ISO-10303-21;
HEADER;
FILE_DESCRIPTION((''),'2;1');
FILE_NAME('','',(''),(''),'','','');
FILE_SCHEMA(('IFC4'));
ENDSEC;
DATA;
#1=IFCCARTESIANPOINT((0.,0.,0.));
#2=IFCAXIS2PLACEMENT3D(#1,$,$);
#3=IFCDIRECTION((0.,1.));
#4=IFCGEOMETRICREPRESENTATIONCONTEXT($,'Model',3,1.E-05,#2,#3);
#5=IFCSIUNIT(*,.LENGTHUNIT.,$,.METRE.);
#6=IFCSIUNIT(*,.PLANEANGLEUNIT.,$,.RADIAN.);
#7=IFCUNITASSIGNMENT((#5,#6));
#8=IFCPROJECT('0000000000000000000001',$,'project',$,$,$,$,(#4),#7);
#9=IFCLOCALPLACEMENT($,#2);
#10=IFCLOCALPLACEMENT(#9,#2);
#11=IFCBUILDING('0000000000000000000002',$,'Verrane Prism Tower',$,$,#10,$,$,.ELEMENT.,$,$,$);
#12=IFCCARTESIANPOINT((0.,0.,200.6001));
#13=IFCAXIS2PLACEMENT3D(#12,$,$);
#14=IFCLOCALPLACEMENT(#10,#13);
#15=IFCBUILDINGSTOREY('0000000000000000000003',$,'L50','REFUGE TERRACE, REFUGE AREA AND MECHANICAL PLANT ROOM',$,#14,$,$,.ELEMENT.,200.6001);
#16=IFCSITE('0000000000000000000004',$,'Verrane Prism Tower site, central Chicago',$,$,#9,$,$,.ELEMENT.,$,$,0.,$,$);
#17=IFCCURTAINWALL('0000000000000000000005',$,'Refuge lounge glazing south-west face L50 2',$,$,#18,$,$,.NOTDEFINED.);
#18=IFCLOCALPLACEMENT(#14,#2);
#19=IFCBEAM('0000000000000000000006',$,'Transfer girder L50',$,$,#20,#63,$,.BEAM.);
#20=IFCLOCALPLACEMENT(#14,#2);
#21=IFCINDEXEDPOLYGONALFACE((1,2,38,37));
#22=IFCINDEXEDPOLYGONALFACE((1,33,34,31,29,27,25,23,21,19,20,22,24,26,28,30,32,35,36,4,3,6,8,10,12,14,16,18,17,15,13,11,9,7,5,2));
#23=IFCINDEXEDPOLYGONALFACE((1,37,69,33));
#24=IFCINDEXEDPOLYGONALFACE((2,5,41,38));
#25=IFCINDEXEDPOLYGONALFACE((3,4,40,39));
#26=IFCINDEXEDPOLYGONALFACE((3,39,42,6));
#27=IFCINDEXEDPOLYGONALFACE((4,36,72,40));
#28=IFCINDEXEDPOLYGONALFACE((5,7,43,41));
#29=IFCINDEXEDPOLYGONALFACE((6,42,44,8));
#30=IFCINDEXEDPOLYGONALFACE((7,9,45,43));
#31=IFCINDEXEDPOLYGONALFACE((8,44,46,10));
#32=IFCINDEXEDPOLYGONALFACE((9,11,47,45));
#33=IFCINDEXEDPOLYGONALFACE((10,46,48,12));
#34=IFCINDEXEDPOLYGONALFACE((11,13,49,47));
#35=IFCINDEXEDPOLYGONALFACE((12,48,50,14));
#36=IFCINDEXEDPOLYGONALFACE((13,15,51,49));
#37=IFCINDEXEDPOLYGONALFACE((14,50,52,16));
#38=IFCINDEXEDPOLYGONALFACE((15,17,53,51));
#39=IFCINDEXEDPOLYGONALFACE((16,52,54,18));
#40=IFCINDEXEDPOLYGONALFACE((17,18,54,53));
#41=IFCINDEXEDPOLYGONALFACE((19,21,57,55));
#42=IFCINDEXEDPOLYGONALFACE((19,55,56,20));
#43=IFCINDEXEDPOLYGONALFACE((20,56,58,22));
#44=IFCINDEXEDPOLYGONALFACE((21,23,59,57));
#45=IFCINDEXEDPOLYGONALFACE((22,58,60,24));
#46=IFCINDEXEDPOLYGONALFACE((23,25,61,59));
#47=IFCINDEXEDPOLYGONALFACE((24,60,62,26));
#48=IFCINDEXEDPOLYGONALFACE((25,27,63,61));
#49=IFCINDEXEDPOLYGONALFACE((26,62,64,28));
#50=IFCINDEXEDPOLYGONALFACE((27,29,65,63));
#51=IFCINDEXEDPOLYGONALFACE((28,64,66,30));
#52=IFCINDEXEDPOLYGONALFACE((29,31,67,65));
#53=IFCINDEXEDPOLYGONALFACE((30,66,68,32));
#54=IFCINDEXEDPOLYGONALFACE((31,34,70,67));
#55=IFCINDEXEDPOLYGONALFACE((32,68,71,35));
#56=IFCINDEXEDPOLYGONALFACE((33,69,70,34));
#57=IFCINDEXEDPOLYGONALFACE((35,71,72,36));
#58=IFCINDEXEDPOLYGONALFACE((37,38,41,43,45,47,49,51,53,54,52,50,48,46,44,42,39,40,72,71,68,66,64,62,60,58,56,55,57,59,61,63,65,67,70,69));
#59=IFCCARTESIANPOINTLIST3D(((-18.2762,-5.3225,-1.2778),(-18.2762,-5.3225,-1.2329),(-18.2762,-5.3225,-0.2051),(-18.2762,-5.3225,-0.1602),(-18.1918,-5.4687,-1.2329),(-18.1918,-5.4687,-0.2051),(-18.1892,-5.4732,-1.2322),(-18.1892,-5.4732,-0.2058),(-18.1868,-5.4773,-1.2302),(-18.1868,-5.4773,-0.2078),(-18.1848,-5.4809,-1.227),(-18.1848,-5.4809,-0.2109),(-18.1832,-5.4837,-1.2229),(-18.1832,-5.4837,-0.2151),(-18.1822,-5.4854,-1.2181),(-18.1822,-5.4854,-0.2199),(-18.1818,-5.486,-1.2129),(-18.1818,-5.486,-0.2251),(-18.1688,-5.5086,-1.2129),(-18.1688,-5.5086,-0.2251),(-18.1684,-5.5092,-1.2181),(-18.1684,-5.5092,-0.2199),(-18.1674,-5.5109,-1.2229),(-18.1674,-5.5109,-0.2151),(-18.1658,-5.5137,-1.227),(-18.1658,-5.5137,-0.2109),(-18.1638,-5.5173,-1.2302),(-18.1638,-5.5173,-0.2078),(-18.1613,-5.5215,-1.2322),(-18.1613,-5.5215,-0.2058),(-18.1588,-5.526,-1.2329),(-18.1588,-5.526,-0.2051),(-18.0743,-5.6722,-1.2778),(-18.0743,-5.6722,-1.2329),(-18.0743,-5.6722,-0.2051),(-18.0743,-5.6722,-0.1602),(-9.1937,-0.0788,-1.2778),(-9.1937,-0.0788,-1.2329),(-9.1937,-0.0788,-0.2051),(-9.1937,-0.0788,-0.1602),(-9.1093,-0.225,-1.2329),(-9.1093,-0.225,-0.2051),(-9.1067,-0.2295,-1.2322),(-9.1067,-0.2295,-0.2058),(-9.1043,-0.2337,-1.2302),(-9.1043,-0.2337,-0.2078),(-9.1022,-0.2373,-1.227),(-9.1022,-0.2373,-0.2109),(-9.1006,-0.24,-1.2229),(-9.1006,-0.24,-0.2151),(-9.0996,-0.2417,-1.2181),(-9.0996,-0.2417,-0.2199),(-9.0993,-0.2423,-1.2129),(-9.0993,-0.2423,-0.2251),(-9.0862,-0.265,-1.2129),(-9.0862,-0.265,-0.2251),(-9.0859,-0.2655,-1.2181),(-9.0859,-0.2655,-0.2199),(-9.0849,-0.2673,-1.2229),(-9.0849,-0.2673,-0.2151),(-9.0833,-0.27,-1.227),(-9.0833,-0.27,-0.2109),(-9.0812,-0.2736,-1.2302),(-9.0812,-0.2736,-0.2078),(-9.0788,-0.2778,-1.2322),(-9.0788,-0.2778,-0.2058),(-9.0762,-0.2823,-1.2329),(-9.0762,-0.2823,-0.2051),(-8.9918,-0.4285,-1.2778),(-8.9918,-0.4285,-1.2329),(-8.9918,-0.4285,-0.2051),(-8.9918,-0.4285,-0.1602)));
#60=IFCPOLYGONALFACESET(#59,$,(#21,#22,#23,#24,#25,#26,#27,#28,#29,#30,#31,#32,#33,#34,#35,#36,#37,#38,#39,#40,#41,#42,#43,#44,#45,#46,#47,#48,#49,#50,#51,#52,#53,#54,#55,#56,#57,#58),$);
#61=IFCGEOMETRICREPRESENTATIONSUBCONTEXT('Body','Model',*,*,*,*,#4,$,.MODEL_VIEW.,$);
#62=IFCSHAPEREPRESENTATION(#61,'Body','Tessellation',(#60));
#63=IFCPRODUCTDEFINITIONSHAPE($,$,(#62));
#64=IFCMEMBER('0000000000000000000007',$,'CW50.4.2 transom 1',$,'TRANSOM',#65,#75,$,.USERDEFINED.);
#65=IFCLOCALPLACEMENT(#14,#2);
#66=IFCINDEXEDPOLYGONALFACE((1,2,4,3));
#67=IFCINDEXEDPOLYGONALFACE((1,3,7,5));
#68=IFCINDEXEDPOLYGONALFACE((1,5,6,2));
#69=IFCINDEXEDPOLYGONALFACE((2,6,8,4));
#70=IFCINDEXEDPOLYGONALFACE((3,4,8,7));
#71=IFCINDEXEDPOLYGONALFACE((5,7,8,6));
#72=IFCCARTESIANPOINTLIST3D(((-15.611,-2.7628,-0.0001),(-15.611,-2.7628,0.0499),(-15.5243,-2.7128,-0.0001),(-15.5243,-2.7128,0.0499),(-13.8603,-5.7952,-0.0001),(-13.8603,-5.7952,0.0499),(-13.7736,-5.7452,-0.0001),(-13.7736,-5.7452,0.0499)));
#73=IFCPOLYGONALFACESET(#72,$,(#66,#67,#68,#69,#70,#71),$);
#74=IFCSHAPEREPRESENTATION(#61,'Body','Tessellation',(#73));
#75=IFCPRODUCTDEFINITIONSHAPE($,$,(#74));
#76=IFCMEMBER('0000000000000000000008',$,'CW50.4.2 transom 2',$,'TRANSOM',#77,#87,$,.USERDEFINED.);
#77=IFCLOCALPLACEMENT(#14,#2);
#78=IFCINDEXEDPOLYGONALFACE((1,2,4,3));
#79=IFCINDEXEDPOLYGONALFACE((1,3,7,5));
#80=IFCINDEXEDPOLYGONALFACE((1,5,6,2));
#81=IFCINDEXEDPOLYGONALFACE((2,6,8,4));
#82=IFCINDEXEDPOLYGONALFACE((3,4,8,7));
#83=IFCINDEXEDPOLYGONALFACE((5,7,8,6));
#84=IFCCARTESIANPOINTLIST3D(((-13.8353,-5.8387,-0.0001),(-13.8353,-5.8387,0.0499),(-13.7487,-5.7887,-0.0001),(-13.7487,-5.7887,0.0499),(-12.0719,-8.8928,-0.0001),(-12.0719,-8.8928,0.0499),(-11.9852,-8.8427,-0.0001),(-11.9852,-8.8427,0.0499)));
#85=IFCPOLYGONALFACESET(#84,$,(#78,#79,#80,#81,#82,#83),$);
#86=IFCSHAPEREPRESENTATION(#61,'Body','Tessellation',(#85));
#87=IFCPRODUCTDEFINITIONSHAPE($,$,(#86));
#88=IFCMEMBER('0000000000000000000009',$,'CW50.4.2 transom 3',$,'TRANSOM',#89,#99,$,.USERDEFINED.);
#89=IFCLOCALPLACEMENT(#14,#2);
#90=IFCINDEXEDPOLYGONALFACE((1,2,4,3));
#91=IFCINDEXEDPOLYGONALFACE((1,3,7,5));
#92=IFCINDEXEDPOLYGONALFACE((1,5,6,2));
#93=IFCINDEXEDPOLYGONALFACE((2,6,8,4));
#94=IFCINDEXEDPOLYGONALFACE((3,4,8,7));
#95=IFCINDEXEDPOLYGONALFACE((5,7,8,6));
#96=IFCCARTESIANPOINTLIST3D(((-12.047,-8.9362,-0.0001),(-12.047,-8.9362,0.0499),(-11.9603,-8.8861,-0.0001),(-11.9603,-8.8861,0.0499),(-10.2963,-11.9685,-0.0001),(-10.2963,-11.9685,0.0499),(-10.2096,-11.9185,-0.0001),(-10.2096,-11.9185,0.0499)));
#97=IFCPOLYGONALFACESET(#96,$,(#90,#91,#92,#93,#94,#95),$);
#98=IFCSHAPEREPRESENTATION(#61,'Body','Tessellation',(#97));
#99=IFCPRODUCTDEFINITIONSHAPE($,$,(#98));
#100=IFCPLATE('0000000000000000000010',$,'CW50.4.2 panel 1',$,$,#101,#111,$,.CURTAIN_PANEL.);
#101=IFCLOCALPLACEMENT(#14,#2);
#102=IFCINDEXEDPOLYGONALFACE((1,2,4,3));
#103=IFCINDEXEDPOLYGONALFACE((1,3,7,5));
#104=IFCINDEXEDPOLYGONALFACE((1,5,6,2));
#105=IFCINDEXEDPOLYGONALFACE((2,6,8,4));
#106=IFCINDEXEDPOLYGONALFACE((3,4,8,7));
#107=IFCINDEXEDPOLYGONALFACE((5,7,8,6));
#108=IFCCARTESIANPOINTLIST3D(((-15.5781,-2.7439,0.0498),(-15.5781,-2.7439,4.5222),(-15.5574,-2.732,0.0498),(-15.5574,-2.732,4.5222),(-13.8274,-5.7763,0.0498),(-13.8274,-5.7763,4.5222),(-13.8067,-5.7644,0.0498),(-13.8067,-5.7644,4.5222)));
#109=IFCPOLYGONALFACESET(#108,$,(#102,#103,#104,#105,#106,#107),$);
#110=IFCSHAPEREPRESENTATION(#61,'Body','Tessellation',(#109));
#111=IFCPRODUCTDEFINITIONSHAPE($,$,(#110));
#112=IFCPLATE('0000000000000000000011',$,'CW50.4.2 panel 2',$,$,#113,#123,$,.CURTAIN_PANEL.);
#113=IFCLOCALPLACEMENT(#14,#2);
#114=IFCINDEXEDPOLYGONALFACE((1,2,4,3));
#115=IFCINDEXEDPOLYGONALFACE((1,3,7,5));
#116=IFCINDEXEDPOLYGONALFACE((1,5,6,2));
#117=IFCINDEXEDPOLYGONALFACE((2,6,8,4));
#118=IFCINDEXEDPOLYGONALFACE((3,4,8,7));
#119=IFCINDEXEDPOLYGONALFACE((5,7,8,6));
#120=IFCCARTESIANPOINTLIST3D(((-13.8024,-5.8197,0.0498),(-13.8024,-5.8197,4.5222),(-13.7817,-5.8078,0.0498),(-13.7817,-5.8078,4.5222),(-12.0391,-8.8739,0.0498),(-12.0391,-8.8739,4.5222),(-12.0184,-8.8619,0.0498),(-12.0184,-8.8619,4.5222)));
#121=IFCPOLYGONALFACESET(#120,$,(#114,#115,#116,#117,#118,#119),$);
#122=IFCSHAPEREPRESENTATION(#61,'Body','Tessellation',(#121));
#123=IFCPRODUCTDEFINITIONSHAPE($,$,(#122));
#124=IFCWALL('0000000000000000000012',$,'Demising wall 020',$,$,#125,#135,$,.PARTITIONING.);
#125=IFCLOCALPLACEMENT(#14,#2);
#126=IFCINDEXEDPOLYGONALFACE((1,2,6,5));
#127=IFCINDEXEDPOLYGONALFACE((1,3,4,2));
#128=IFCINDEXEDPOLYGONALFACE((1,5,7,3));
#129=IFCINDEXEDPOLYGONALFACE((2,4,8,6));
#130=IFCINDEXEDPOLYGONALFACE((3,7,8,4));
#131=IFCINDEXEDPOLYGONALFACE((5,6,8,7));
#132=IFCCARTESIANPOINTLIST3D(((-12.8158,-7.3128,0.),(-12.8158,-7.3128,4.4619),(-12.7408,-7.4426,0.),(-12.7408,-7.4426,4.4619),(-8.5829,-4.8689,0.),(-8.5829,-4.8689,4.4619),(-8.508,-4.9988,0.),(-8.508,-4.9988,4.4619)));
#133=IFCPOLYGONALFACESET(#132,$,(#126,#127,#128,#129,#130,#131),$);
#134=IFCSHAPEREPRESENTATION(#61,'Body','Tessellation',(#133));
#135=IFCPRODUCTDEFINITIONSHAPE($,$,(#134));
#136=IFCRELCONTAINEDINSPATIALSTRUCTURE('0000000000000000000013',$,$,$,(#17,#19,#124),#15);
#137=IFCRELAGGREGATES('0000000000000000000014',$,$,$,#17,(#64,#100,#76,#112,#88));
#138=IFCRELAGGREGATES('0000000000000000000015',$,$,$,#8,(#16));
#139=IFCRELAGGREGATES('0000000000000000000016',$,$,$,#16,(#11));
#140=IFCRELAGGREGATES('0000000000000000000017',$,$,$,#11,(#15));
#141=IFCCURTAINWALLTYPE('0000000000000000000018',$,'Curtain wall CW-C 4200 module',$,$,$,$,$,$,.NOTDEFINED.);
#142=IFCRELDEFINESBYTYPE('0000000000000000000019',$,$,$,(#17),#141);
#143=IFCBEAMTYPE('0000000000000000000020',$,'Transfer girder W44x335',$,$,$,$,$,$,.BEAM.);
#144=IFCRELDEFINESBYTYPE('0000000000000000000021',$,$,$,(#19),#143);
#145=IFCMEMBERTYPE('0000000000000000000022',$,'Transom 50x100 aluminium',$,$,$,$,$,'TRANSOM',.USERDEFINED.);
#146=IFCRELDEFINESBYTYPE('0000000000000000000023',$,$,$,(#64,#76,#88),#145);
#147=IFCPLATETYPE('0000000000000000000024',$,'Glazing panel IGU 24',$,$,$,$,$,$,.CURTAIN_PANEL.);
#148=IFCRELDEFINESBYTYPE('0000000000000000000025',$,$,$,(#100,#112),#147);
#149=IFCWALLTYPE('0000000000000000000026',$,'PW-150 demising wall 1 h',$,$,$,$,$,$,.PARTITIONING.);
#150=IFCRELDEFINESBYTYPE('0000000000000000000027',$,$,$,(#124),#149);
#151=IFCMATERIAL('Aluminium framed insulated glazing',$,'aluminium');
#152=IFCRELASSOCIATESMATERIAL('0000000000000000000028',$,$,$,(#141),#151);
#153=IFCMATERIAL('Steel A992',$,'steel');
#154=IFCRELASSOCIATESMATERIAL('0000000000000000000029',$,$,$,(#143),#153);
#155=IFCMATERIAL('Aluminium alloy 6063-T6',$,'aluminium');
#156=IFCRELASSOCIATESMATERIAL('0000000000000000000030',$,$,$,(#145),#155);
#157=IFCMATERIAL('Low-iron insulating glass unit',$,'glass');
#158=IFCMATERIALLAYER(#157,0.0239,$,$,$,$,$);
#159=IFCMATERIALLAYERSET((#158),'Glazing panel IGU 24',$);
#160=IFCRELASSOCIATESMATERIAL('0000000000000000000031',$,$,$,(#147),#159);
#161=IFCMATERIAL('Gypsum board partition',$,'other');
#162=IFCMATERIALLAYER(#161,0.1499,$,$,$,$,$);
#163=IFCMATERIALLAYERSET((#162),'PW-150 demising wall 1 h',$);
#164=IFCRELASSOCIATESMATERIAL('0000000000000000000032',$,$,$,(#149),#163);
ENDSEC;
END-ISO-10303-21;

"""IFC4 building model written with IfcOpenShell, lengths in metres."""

from ifc_helpers import new_model, si_unit, direction, frame, frame_2d, origin, origin_2d, place, context, subcontext, project, spatial, rectangle, i_section, extrude, material, layer, layer_set, material_profile, profile_set, type_object, element, aggregate, save


model = new_model("IFC4")

# Units and contexts
model_context = context("Model", 3, precision=1e-05, world=origin(), true_north=direction((0.0, 1.0)))
body_context = subcontext(model_context, "Body", "Model", "MODEL_VIEW")
ifc_project = project(units=[si_unit("LENGTHUNIT", "METRE"), si_unit("PLANEANGLEUNIT", "RADIAN")], contexts=[model_context])

# Site, building, storey
site_placement = place(None, origin())
site = spatial("IfcSite", under=ifc_project, at=site_placement, Name="Verrane Prism Tower site, central Chicago", CompositionType="ELEMENT", RefElevation=0.0)
building_placement = place(site_placement, origin())
building = spatial("IfcBuilding", under=site, at=building_placement, Name="Verrane Prism Tower", CompositionType="ELEMENT")
storey_placement = place(building_placement, frame((0.0, 0.0, 200.6001)))
storey = spatial("IfcBuildingStorey", under=building, at=storey_placement, Name="L50", Description="REFUGE TERRACE, REFUGE AREA AND MECHANICAL PLANT ROOM", CompositionType="ELEMENT", Elevation=200.6001)

# Shared definitions
ifc_material_1 = material(Name="Aluminium framed insulated glazing", Category="aluminium")
curtain_wall_type = type_object("IfcCurtainWallType", Name="Curtain wall CW-C 4200 module", PredefinedType="NOTDEFINED", material=ifc_material_1)

# Curtain wall
curtain_wall_1_placement = place(storey_placement, origin())
curtain_wall_1 = element("IfcCurtainWall", 1, at=curtain_wall_1_placement, inside=storey, type_object=curtain_wall_type, Name="Refuge lounge glazing south-west face L50 2", PredefinedType="NOTDEFINED")

# Beam
ifc_material_2 = material(Name="Steel A992", Category="steel")
ifc_material_profile_1 = material_profile(ifc_material_2, i_section(OverallWidth=0.4038, OverallDepth=1.1177, WebThickness=0.0261, FlangeThickness=0.0449, FilletRadius=0.02, at=origin_2d()), Name="W44x335")
ifc_profile_set_1 = profile_set([ifc_material_profile_1], Name="Steel A992")
beam_type_1 = type_object("IfcBeamType", Name="Transfer girder W44x335", PredefinedType="BEAM", material=ifc_profile_set_1)
beam_1_placement = place(storey_placement, frame((-18.1753, -5.4973, -0.719), z_axis=(0.866031, 0.49999, 0.0), x_axis=(-0.49999, 0.866031, 0.0)))
element("IfcBeam", 2, at=beam_1_placement, inside=storey, type_object=beam_type_1, Name="Transfer girder L50", PredefinedType="BEAM", context=body_context, shape_type="SweptSolid", body=[
    extrude(i_section(OverallWidth=0.4038, OverallDepth=1.1177, WebThickness=0.0261, FlangeThickness=0.0449, FilletRadius=0.02, at=origin_2d()), origin(), (0.0, 0.0, 1.0), 10.4875),
])

# Members
ifc_material_3 = material(Name="Aluminium alloy 6063-T6", Category="aluminium")
ifc_material_profile_2 = material_profile(ifc_material_3, rectangle(XDim=0.1001, YDim=0.05, at=origin_2d()), Name="Transom 50x100 aluminium")
ifc_profile_set_2 = profile_set([ifc_material_profile_2], Name="Aluminium alloy 6063-T6")
member_type_1 = type_object("IfcMemberType", Name="Transom 50x100 aluminium", ElementType="TRANSOM", PredefinedType="USERDEFINED", material=ifc_profile_set_2)
member_1_placement = place(storey_placement, frame((-15.5676, -2.7378, 0.0249), z_axis=(0.499986, -0.866033, 0.0), x_axis=(0.866033, 0.499986, 0.0)))
member_1 = element("IfcMember", 3, at=member_1_placement, type_object=member_type_1, Name="CW50.4.2 transom 1", ObjectType="TRANSOM", PredefinedType="USERDEFINED", context=body_context, shape_type="SweptSolid", body=[
    extrude(rectangle(XDim=0.1001, YDim=0.05, at=origin_2d()), origin(), (0.0, 0.0, 1.0), 3.5015),
])
member_2_placement = place(storey_placement, frame((-13.792, -5.8137, 0.0249), z_axis=(0.500048, -0.865998, 0.0), x_axis=(0.865998, 0.500048, 0.0)))
member_2 = element("IfcMember", 4, at=member_2_placement, type_object=member_type_1, Name="CW50.4.2 transom 2", ObjectType="TRANSOM", PredefinedType="USERDEFINED", context=body_context, shape_type="SweptSolid", body=[
    extrude(rectangle(XDim=0.1001, YDim=0.05, at=origin_2d()), origin(), (0.0, 0.0, 1.0), 3.5266),
])
member_3_placement = place(storey_placement, frame((-12.0037, -8.9111, 0.0249), z_axis=(0.499986, -0.866033, 0.0), x_axis=(0.866033, 0.499986, 0.0)))
member_3 = element("IfcMember", 5, at=member_3_placement, type_object=member_type_1, Name="CW50.4.2 transom 3", ObjectType="TRANSOM", PredefinedType="USERDEFINED", context=body_context, shape_type="SweptSolid", body=[
    extrude(rectangle(XDim=0.1001, YDim=0.05, at=origin_2d()), origin(), (0.0, 0.0, 1.0), 3.5015),
])

# Plates
ifc_material_4 = material(Name="Low-iron insulating glass unit", Category="glass")
ifc_layer_1 = layer(ifc_material_4, 0.0239)
ifc_layer_set_1 = layer_set([ifc_layer_1], Name="Glazing panel IGU 24")
plate_type = type_object("IfcPlateType", Name="Glazing panel IGU 24", PredefinedType="CURTAIN_PANEL", material=ifc_layer_set_1)
plate_1_placement = place(storey_placement, frame((-14.6924, -4.2542, 0.0498), z_axis=(0.0, 0.0, 1.0), x_axis=(0.499996, -0.866028, 0.0)))
plate_1 = element("IfcPlate", 6, at=plate_1_placement, type_object=plate_type, Name="CW50.4.2 panel 1", PredefinedType="CURTAIN_PANEL", context=body_context, shape_type="SweptSolid", body=[
    extrude(rectangle(XDim=3.5015, YDim=0.0239, at=origin_2d()), origin(), (0.0, 0.0, 1.0), 4.4724),
])
plate_2_placement = place(storey_placement, frame((-12.9104, -7.3408, 0.0498), z_axis=(0.0, 0.0, 1.0), x_axis=(0.499996, -0.866028, 0.0)))
plate_2 = element("IfcPlate", 7, at=plate_2_placement, type_object=plate_type, Name="CW50.4.2 panel 2", PredefinedType="CURTAIN_PANEL", context=body_context, shape_type="SweptSolid", body=[
    extrude(rectangle(XDim=3.5266, YDim=0.0239, at=origin_2d()), origin(), (0.0, 0.0, 1.0), 4.4724),
])
aggregate(curtain_wall_1, [member_1, plate_1, member_2, plate_2, member_3])

# Wall
ifc_material_5 = material(Name="Gypsum board partition", Category="other")
ifc_layer_2 = layer(ifc_material_5, 0.1499)
ifc_layer_set_2 = layer_set([ifc_layer_2], Name="PW-150 demising wall 1 h")
wall_type_1 = type_object("IfcWallType", Name="PW-150 demising wall 1 h", PredefinedType="PARTITIONING", material=ifc_layer_set_2)
wall_1_placement = place(storey_placement, frame((-12.7783, -7.3777, 0.0), z_axis=(0.0, 0.0, 1.0), x_axis=(0.866028, 0.499996, 0.0)))
element("IfcWall", 8, at=wall_1_placement, inside=storey, type_object=wall_type_1, Name="Demising wall 020", PredefinedType="PARTITIONING", context=body_context, shape_type="SweptSolid", body=[
    extrude(rectangle(XDim=4.8877, YDim=0.1499, at=frame_2d((2.4438, 0.0))), origin(), (0.0, 0.0, 1.0), 4.4619),
])

save(model, "model.ifc")
